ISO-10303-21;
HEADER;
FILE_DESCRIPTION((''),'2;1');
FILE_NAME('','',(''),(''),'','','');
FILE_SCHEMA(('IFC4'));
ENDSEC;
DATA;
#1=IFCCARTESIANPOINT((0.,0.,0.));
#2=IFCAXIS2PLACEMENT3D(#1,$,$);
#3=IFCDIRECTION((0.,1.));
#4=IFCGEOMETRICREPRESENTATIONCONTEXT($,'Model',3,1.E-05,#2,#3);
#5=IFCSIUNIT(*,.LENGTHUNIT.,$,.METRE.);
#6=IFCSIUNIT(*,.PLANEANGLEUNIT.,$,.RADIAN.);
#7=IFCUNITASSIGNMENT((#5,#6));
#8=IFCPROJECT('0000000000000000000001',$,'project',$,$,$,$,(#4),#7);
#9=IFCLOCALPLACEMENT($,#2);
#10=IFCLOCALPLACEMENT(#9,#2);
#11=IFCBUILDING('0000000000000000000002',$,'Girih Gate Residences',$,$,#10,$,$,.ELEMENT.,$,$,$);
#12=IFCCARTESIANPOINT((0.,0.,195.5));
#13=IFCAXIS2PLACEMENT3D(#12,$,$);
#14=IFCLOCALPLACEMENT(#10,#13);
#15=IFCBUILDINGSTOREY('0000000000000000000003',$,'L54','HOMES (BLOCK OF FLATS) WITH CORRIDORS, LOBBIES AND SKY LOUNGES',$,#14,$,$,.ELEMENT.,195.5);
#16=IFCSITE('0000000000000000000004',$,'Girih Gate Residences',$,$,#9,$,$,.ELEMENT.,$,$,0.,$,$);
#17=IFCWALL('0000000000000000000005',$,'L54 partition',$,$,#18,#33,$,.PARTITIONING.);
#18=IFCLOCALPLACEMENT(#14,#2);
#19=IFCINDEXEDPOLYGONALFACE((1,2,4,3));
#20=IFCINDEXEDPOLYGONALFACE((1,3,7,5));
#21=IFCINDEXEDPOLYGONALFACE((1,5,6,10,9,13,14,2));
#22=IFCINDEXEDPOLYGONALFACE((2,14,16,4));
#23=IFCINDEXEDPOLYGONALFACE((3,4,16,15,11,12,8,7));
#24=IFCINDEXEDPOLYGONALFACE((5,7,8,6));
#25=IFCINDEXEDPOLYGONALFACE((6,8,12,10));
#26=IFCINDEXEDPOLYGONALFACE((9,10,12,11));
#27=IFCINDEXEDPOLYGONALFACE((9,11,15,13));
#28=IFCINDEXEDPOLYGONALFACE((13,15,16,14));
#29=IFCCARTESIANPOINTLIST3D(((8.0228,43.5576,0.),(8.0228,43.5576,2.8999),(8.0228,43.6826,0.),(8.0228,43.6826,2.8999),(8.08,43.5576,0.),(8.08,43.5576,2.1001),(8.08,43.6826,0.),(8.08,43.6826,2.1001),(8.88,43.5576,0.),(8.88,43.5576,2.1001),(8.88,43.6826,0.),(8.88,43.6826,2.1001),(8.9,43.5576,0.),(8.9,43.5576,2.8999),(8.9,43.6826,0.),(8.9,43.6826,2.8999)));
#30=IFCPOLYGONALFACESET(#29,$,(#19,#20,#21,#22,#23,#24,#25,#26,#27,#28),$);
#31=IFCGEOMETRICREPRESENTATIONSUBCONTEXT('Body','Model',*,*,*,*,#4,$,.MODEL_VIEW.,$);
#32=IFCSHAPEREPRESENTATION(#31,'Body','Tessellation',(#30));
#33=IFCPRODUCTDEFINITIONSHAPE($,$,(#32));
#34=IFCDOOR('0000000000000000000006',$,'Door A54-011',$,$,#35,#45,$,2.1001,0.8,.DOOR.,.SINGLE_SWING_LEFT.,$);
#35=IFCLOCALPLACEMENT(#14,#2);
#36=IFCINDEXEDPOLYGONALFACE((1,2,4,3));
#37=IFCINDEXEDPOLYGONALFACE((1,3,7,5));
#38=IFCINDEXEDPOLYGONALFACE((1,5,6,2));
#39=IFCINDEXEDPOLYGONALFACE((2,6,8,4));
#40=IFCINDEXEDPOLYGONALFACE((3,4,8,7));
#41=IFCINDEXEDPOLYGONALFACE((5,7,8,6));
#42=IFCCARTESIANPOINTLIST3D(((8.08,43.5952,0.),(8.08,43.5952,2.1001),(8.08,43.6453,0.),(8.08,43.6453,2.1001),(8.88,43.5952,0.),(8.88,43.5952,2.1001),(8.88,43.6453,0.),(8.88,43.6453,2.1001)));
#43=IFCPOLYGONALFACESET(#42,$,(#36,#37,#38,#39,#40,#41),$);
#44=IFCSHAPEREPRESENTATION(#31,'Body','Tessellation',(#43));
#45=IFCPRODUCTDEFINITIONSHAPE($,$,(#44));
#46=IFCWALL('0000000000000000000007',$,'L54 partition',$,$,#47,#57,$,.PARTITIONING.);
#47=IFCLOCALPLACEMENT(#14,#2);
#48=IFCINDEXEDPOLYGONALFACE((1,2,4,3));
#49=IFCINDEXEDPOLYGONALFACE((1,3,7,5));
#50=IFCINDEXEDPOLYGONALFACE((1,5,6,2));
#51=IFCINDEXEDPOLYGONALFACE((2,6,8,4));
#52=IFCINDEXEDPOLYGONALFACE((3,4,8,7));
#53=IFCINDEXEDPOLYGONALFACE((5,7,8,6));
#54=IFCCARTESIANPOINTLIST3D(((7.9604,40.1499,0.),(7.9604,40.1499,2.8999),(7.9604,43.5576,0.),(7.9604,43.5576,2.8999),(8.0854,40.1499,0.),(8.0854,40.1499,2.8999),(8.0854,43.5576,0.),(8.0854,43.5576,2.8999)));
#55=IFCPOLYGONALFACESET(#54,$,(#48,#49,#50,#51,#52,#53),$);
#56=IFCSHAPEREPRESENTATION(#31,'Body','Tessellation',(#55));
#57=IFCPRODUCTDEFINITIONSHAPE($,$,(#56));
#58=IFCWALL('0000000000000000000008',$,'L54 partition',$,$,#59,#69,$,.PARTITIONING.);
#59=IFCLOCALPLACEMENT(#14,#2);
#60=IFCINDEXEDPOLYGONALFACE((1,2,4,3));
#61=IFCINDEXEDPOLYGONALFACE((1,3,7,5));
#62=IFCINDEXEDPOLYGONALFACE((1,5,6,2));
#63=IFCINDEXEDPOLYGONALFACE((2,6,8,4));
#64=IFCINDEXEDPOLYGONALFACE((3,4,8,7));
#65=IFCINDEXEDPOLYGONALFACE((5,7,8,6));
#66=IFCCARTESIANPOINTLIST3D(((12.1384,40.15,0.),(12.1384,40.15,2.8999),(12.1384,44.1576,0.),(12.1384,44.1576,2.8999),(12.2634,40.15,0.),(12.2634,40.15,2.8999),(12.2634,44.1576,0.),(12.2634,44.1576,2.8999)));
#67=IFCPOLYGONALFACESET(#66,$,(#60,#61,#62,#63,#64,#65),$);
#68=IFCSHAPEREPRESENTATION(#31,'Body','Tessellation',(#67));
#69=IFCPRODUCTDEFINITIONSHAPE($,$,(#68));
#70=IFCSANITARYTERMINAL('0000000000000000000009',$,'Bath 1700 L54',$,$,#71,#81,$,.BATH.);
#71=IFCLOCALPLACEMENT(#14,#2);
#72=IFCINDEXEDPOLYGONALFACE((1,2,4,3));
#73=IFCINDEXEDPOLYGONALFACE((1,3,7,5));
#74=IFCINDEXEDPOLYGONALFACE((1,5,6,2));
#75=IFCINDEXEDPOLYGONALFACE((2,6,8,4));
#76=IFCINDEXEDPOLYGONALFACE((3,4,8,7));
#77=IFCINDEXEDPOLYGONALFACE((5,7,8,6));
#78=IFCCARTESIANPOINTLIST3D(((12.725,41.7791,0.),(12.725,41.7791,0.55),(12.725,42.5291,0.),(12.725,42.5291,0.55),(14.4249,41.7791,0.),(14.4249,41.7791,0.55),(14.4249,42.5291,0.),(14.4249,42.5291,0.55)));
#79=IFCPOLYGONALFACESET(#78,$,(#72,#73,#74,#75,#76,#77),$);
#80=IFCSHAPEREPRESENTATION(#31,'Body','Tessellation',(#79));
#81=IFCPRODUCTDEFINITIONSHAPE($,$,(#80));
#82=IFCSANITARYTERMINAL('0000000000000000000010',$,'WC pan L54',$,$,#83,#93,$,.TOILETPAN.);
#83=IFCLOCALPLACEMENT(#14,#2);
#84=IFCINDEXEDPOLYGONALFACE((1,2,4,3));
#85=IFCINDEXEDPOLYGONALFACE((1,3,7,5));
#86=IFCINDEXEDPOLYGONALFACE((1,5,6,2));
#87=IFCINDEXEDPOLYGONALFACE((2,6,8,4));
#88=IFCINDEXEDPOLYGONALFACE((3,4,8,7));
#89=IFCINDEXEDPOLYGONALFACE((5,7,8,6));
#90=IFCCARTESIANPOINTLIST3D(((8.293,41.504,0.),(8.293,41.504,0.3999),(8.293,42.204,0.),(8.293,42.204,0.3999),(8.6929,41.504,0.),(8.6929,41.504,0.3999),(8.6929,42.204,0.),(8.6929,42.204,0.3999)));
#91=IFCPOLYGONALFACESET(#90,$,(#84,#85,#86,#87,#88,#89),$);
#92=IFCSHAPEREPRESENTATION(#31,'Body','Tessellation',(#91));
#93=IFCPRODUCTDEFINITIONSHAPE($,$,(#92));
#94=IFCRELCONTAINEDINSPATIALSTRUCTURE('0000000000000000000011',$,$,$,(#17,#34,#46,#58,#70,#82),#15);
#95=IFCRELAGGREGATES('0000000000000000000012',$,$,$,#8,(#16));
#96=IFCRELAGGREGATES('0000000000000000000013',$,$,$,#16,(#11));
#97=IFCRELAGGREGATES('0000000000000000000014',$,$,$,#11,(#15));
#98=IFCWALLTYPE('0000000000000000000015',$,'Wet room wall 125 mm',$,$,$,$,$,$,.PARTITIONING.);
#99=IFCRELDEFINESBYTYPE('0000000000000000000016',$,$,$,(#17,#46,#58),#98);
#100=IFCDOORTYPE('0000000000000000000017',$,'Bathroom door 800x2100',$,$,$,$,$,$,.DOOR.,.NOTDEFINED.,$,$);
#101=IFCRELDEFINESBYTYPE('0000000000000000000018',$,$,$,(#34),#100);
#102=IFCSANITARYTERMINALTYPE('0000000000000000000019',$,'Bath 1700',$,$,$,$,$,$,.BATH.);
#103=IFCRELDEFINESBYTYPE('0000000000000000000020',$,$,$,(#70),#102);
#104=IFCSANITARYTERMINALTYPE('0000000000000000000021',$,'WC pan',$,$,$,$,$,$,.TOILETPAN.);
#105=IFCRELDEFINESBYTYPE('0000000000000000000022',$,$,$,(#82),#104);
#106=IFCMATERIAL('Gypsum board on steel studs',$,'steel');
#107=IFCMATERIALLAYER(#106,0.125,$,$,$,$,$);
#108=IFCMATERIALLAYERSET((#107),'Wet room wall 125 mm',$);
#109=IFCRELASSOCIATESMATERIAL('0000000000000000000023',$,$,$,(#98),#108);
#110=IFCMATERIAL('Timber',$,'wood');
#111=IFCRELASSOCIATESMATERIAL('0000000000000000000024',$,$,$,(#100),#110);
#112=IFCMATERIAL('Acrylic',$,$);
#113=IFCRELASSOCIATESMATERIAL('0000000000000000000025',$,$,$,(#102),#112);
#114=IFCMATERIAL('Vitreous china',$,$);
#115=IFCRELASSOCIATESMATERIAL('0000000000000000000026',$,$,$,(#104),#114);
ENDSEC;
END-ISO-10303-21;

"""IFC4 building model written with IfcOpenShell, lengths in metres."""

from ifc_helpers import new_model, si_unit, direction, frame, frame_2d, origin, origin_2d, place, context, subcontext, project, spatial, rectangle, extrude, material, layer, layer_set, type_object, element, fill, save


model = new_model("IFC4")

# Units and contexts
model_context = context("Model", 3, precision=1e-05, world=origin(), true_north=direction((0.0, 1.0)))
body_context = subcontext(model_context, "Body", "Model", "MODEL_VIEW")
ifc_project = project(units=[si_unit("LENGTHUNIT", "METRE"), si_unit("PLANEANGLEUNIT", "RADIAN")], contexts=[model_context])

# Site, building, storey
site_placement = place(None, origin())
site = spatial("IfcSite", under=ifc_project, at=site_placement, Name="Girih Gate Residences", CompositionType="ELEMENT", RefElevation=0.0)
building_placement = place(site_placement, origin())
building = spatial("IfcBuilding", under=site, at=building_placement, Name="Girih Gate Residences", CompositionType="ELEMENT")
storey_placement = place(building_placement, frame((0.0, 0.0, 195.5)))
storey = spatial("IfcBuildingStorey", under=building, at=storey_placement, Name="L54", Description="HOMES (BLOCK OF FLATS) WITH CORRIDORS, LOBBIES AND SKY LOUNGES", CompositionType="ELEMENT", Elevation=195.5)

# Shared definitions
ifc_material_1 = material(Name="Gypsum board on steel studs", Category="steel")

# Shared definitions
ifc_material_2 = material(Name="Timber", Category="wood")

# Wall, opening, door
ifc_layer_1 = layer(ifc_material_1, 0.125)
ifc_layer_set_1 = layer_set([ifc_layer_1], Name="Wet room wall 125 mm")
wall_type_1 = type_object("IfcWallType", Name="Wet room wall 125 mm", PredefinedType="PARTITIONING", material=ifc_layer_set_1)
wall_1_placement = place(storey_placement, frame((8.8999, 43.6201, 0.0), z_axis=(0.0, 0.0, 1.0), x_axis=(-1.0, 0.0, 0.0)))
wall_1 = element("IfcWall", 1, at=wall_1_placement, inside=storey, type_object=wall_type_1, Name="L54 partition", PredefinedType="PARTITIONING", context=body_context, shape_type="SweptSolid", body=[
    extrude(rectangle(XDim=0.8772, YDim=0.125, at=frame_2d((0.4385, 0.0))), origin(), (0.0, 0.0, 1.0), 2.8999),
])
opening_1_placement = place(wall_1_placement, frame((0.02, 0.0, 0.0)))
opening_1 = element("IfcOpeningElement", 2, at=opening_1_placement, cuts=wall_1, PredefinedType="OPENING", context=body_context, shape_type="SweptSolid", body=[
    extrude(rectangle(XDim=0.8, YDim=2.1001, at=frame_2d((0.3999, 1.05))), frame((0.0, 0.0725, 0.0), z_axis=(0.0, -1.0, 0.0), x_axis=(1.0, 0.0, 0.0)), (0.0, 0.0, 1.0), 0.145),
])
door_type_1 = type_object("IfcDoorType", Name="Bathroom door 800x2100", OperationType="NOTDEFINED", PredefinedType="DOOR", material=ifc_material_2)
door_1_placement = place(opening_1_placement, origin())
door_1 = element("IfcDoor", 3, at=door_1_placement, inside=storey, type_object=door_type_1, Name="Door A54-011", OperationType="SINGLE_SWING_LEFT", OverallHeight=2.1001, OverallWidth=0.8, PredefinedType="DOOR", context=body_context, shape_type="SweptSolid", body=[
    extrude(rectangle(XDim=0.8, YDim=2.1001, at=frame_2d((0.3999, 1.05))), frame((0.0, 0.0249, 0.0), z_axis=(0.0, -1.0, 0.0), x_axis=(1.0, 0.0, 0.0)), (0.0, 0.0, 1.0), 0.05),
])
fill(opening_1, door_1)

# Walls
wall_2_placement = place(storey_placement, frame((8.0229, 40.1499, 0.0), z_axis=(0.0, 0.0, 1.0), x_axis=(0.0, 1.0, 0.0)))
element("IfcWall", 4, at=wall_2_placement, inside=storey, type_object=wall_type_1, Name="L54 partition", PredefinedType="PARTITIONING", context=body_context, shape_type="SweptSolid", body=[
    extrude(rectangle(XDim=3.4077, YDim=0.125, at=frame_2d((1.7039, 0.0))), origin(), (0.0, 0.0, 1.0), 2.8999),
])
wall_3_placement = place(storey_placement, frame((12.2009, 40.1499, 0.0), z_axis=(0.0, 0.0, 1.0), x_axis=(0.0, 1.0, 0.0)))
element("IfcWall", 5, at=wall_3_placement, inside=storey, type_object=wall_type_1, Name="L54 partition", PredefinedType="PARTITIONING", context=body_context, shape_type="SweptSolid", body=[
    extrude(rectangle(XDim=4.0076, YDim=0.125, at=frame_2d((2.0039, 0.0))), origin(), (0.0, 0.0, 1.0), 2.8999),
])

# Sanitary terminals
ifc_material_3 = material(Name="Acrylic")
sanitary_terminal_type_1 = type_object("IfcSanitaryTerminalType", Name="Bath 1700", PredefinedType="BATH", material=ifc_material_3)
sanitary_terminal_1_placement = place(storey_placement, frame((13.575, 42.1541, 0.0), z_axis=(0.0, 0.0, 1.0), x_axis=(1.0, 0.0, 0.0)))
element("IfcSanitaryTerminal", 6, at=sanitary_terminal_1_placement, inside=storey, type_object=sanitary_terminal_type_1, Name="Bath 1700 L54", PredefinedType="BATH", context=body_context, shape_type="SweptSolid", body=[
    extrude(rectangle(XDim=1.7, YDim=0.75, at=origin_2d()), origin(), (0.0, 0.0, 1.0), 0.55),
])
ifc_material_4 = material(Name="Vitreous china")
sanitary_terminal_type_2 = type_object("IfcSanitaryTerminalType", Name="WC pan", PredefinedType="TOILETPAN", material=ifc_material_4)
sanitary_terminal_2_placement = place(storey_placement, frame((8.4929, 41.854, 0.0), z_axis=(0.0, 0.0, 1.0), x_axis=(1.0, 0.0, 0.0)))
element("IfcSanitaryTerminal", 7, at=sanitary_terminal_2_placement, inside=storey, type_object=sanitary_terminal_type_2, Name="WC pan L54", PredefinedType="TOILETPAN", context=body_context, shape_type="SweptSolid", body=[
    extrude(rectangle(XDim=0.3999, YDim=0.7, at=origin_2d()), origin(), (0.0, 0.0, 1.0), 0.3999),
])

save(model, "model.ifc")
